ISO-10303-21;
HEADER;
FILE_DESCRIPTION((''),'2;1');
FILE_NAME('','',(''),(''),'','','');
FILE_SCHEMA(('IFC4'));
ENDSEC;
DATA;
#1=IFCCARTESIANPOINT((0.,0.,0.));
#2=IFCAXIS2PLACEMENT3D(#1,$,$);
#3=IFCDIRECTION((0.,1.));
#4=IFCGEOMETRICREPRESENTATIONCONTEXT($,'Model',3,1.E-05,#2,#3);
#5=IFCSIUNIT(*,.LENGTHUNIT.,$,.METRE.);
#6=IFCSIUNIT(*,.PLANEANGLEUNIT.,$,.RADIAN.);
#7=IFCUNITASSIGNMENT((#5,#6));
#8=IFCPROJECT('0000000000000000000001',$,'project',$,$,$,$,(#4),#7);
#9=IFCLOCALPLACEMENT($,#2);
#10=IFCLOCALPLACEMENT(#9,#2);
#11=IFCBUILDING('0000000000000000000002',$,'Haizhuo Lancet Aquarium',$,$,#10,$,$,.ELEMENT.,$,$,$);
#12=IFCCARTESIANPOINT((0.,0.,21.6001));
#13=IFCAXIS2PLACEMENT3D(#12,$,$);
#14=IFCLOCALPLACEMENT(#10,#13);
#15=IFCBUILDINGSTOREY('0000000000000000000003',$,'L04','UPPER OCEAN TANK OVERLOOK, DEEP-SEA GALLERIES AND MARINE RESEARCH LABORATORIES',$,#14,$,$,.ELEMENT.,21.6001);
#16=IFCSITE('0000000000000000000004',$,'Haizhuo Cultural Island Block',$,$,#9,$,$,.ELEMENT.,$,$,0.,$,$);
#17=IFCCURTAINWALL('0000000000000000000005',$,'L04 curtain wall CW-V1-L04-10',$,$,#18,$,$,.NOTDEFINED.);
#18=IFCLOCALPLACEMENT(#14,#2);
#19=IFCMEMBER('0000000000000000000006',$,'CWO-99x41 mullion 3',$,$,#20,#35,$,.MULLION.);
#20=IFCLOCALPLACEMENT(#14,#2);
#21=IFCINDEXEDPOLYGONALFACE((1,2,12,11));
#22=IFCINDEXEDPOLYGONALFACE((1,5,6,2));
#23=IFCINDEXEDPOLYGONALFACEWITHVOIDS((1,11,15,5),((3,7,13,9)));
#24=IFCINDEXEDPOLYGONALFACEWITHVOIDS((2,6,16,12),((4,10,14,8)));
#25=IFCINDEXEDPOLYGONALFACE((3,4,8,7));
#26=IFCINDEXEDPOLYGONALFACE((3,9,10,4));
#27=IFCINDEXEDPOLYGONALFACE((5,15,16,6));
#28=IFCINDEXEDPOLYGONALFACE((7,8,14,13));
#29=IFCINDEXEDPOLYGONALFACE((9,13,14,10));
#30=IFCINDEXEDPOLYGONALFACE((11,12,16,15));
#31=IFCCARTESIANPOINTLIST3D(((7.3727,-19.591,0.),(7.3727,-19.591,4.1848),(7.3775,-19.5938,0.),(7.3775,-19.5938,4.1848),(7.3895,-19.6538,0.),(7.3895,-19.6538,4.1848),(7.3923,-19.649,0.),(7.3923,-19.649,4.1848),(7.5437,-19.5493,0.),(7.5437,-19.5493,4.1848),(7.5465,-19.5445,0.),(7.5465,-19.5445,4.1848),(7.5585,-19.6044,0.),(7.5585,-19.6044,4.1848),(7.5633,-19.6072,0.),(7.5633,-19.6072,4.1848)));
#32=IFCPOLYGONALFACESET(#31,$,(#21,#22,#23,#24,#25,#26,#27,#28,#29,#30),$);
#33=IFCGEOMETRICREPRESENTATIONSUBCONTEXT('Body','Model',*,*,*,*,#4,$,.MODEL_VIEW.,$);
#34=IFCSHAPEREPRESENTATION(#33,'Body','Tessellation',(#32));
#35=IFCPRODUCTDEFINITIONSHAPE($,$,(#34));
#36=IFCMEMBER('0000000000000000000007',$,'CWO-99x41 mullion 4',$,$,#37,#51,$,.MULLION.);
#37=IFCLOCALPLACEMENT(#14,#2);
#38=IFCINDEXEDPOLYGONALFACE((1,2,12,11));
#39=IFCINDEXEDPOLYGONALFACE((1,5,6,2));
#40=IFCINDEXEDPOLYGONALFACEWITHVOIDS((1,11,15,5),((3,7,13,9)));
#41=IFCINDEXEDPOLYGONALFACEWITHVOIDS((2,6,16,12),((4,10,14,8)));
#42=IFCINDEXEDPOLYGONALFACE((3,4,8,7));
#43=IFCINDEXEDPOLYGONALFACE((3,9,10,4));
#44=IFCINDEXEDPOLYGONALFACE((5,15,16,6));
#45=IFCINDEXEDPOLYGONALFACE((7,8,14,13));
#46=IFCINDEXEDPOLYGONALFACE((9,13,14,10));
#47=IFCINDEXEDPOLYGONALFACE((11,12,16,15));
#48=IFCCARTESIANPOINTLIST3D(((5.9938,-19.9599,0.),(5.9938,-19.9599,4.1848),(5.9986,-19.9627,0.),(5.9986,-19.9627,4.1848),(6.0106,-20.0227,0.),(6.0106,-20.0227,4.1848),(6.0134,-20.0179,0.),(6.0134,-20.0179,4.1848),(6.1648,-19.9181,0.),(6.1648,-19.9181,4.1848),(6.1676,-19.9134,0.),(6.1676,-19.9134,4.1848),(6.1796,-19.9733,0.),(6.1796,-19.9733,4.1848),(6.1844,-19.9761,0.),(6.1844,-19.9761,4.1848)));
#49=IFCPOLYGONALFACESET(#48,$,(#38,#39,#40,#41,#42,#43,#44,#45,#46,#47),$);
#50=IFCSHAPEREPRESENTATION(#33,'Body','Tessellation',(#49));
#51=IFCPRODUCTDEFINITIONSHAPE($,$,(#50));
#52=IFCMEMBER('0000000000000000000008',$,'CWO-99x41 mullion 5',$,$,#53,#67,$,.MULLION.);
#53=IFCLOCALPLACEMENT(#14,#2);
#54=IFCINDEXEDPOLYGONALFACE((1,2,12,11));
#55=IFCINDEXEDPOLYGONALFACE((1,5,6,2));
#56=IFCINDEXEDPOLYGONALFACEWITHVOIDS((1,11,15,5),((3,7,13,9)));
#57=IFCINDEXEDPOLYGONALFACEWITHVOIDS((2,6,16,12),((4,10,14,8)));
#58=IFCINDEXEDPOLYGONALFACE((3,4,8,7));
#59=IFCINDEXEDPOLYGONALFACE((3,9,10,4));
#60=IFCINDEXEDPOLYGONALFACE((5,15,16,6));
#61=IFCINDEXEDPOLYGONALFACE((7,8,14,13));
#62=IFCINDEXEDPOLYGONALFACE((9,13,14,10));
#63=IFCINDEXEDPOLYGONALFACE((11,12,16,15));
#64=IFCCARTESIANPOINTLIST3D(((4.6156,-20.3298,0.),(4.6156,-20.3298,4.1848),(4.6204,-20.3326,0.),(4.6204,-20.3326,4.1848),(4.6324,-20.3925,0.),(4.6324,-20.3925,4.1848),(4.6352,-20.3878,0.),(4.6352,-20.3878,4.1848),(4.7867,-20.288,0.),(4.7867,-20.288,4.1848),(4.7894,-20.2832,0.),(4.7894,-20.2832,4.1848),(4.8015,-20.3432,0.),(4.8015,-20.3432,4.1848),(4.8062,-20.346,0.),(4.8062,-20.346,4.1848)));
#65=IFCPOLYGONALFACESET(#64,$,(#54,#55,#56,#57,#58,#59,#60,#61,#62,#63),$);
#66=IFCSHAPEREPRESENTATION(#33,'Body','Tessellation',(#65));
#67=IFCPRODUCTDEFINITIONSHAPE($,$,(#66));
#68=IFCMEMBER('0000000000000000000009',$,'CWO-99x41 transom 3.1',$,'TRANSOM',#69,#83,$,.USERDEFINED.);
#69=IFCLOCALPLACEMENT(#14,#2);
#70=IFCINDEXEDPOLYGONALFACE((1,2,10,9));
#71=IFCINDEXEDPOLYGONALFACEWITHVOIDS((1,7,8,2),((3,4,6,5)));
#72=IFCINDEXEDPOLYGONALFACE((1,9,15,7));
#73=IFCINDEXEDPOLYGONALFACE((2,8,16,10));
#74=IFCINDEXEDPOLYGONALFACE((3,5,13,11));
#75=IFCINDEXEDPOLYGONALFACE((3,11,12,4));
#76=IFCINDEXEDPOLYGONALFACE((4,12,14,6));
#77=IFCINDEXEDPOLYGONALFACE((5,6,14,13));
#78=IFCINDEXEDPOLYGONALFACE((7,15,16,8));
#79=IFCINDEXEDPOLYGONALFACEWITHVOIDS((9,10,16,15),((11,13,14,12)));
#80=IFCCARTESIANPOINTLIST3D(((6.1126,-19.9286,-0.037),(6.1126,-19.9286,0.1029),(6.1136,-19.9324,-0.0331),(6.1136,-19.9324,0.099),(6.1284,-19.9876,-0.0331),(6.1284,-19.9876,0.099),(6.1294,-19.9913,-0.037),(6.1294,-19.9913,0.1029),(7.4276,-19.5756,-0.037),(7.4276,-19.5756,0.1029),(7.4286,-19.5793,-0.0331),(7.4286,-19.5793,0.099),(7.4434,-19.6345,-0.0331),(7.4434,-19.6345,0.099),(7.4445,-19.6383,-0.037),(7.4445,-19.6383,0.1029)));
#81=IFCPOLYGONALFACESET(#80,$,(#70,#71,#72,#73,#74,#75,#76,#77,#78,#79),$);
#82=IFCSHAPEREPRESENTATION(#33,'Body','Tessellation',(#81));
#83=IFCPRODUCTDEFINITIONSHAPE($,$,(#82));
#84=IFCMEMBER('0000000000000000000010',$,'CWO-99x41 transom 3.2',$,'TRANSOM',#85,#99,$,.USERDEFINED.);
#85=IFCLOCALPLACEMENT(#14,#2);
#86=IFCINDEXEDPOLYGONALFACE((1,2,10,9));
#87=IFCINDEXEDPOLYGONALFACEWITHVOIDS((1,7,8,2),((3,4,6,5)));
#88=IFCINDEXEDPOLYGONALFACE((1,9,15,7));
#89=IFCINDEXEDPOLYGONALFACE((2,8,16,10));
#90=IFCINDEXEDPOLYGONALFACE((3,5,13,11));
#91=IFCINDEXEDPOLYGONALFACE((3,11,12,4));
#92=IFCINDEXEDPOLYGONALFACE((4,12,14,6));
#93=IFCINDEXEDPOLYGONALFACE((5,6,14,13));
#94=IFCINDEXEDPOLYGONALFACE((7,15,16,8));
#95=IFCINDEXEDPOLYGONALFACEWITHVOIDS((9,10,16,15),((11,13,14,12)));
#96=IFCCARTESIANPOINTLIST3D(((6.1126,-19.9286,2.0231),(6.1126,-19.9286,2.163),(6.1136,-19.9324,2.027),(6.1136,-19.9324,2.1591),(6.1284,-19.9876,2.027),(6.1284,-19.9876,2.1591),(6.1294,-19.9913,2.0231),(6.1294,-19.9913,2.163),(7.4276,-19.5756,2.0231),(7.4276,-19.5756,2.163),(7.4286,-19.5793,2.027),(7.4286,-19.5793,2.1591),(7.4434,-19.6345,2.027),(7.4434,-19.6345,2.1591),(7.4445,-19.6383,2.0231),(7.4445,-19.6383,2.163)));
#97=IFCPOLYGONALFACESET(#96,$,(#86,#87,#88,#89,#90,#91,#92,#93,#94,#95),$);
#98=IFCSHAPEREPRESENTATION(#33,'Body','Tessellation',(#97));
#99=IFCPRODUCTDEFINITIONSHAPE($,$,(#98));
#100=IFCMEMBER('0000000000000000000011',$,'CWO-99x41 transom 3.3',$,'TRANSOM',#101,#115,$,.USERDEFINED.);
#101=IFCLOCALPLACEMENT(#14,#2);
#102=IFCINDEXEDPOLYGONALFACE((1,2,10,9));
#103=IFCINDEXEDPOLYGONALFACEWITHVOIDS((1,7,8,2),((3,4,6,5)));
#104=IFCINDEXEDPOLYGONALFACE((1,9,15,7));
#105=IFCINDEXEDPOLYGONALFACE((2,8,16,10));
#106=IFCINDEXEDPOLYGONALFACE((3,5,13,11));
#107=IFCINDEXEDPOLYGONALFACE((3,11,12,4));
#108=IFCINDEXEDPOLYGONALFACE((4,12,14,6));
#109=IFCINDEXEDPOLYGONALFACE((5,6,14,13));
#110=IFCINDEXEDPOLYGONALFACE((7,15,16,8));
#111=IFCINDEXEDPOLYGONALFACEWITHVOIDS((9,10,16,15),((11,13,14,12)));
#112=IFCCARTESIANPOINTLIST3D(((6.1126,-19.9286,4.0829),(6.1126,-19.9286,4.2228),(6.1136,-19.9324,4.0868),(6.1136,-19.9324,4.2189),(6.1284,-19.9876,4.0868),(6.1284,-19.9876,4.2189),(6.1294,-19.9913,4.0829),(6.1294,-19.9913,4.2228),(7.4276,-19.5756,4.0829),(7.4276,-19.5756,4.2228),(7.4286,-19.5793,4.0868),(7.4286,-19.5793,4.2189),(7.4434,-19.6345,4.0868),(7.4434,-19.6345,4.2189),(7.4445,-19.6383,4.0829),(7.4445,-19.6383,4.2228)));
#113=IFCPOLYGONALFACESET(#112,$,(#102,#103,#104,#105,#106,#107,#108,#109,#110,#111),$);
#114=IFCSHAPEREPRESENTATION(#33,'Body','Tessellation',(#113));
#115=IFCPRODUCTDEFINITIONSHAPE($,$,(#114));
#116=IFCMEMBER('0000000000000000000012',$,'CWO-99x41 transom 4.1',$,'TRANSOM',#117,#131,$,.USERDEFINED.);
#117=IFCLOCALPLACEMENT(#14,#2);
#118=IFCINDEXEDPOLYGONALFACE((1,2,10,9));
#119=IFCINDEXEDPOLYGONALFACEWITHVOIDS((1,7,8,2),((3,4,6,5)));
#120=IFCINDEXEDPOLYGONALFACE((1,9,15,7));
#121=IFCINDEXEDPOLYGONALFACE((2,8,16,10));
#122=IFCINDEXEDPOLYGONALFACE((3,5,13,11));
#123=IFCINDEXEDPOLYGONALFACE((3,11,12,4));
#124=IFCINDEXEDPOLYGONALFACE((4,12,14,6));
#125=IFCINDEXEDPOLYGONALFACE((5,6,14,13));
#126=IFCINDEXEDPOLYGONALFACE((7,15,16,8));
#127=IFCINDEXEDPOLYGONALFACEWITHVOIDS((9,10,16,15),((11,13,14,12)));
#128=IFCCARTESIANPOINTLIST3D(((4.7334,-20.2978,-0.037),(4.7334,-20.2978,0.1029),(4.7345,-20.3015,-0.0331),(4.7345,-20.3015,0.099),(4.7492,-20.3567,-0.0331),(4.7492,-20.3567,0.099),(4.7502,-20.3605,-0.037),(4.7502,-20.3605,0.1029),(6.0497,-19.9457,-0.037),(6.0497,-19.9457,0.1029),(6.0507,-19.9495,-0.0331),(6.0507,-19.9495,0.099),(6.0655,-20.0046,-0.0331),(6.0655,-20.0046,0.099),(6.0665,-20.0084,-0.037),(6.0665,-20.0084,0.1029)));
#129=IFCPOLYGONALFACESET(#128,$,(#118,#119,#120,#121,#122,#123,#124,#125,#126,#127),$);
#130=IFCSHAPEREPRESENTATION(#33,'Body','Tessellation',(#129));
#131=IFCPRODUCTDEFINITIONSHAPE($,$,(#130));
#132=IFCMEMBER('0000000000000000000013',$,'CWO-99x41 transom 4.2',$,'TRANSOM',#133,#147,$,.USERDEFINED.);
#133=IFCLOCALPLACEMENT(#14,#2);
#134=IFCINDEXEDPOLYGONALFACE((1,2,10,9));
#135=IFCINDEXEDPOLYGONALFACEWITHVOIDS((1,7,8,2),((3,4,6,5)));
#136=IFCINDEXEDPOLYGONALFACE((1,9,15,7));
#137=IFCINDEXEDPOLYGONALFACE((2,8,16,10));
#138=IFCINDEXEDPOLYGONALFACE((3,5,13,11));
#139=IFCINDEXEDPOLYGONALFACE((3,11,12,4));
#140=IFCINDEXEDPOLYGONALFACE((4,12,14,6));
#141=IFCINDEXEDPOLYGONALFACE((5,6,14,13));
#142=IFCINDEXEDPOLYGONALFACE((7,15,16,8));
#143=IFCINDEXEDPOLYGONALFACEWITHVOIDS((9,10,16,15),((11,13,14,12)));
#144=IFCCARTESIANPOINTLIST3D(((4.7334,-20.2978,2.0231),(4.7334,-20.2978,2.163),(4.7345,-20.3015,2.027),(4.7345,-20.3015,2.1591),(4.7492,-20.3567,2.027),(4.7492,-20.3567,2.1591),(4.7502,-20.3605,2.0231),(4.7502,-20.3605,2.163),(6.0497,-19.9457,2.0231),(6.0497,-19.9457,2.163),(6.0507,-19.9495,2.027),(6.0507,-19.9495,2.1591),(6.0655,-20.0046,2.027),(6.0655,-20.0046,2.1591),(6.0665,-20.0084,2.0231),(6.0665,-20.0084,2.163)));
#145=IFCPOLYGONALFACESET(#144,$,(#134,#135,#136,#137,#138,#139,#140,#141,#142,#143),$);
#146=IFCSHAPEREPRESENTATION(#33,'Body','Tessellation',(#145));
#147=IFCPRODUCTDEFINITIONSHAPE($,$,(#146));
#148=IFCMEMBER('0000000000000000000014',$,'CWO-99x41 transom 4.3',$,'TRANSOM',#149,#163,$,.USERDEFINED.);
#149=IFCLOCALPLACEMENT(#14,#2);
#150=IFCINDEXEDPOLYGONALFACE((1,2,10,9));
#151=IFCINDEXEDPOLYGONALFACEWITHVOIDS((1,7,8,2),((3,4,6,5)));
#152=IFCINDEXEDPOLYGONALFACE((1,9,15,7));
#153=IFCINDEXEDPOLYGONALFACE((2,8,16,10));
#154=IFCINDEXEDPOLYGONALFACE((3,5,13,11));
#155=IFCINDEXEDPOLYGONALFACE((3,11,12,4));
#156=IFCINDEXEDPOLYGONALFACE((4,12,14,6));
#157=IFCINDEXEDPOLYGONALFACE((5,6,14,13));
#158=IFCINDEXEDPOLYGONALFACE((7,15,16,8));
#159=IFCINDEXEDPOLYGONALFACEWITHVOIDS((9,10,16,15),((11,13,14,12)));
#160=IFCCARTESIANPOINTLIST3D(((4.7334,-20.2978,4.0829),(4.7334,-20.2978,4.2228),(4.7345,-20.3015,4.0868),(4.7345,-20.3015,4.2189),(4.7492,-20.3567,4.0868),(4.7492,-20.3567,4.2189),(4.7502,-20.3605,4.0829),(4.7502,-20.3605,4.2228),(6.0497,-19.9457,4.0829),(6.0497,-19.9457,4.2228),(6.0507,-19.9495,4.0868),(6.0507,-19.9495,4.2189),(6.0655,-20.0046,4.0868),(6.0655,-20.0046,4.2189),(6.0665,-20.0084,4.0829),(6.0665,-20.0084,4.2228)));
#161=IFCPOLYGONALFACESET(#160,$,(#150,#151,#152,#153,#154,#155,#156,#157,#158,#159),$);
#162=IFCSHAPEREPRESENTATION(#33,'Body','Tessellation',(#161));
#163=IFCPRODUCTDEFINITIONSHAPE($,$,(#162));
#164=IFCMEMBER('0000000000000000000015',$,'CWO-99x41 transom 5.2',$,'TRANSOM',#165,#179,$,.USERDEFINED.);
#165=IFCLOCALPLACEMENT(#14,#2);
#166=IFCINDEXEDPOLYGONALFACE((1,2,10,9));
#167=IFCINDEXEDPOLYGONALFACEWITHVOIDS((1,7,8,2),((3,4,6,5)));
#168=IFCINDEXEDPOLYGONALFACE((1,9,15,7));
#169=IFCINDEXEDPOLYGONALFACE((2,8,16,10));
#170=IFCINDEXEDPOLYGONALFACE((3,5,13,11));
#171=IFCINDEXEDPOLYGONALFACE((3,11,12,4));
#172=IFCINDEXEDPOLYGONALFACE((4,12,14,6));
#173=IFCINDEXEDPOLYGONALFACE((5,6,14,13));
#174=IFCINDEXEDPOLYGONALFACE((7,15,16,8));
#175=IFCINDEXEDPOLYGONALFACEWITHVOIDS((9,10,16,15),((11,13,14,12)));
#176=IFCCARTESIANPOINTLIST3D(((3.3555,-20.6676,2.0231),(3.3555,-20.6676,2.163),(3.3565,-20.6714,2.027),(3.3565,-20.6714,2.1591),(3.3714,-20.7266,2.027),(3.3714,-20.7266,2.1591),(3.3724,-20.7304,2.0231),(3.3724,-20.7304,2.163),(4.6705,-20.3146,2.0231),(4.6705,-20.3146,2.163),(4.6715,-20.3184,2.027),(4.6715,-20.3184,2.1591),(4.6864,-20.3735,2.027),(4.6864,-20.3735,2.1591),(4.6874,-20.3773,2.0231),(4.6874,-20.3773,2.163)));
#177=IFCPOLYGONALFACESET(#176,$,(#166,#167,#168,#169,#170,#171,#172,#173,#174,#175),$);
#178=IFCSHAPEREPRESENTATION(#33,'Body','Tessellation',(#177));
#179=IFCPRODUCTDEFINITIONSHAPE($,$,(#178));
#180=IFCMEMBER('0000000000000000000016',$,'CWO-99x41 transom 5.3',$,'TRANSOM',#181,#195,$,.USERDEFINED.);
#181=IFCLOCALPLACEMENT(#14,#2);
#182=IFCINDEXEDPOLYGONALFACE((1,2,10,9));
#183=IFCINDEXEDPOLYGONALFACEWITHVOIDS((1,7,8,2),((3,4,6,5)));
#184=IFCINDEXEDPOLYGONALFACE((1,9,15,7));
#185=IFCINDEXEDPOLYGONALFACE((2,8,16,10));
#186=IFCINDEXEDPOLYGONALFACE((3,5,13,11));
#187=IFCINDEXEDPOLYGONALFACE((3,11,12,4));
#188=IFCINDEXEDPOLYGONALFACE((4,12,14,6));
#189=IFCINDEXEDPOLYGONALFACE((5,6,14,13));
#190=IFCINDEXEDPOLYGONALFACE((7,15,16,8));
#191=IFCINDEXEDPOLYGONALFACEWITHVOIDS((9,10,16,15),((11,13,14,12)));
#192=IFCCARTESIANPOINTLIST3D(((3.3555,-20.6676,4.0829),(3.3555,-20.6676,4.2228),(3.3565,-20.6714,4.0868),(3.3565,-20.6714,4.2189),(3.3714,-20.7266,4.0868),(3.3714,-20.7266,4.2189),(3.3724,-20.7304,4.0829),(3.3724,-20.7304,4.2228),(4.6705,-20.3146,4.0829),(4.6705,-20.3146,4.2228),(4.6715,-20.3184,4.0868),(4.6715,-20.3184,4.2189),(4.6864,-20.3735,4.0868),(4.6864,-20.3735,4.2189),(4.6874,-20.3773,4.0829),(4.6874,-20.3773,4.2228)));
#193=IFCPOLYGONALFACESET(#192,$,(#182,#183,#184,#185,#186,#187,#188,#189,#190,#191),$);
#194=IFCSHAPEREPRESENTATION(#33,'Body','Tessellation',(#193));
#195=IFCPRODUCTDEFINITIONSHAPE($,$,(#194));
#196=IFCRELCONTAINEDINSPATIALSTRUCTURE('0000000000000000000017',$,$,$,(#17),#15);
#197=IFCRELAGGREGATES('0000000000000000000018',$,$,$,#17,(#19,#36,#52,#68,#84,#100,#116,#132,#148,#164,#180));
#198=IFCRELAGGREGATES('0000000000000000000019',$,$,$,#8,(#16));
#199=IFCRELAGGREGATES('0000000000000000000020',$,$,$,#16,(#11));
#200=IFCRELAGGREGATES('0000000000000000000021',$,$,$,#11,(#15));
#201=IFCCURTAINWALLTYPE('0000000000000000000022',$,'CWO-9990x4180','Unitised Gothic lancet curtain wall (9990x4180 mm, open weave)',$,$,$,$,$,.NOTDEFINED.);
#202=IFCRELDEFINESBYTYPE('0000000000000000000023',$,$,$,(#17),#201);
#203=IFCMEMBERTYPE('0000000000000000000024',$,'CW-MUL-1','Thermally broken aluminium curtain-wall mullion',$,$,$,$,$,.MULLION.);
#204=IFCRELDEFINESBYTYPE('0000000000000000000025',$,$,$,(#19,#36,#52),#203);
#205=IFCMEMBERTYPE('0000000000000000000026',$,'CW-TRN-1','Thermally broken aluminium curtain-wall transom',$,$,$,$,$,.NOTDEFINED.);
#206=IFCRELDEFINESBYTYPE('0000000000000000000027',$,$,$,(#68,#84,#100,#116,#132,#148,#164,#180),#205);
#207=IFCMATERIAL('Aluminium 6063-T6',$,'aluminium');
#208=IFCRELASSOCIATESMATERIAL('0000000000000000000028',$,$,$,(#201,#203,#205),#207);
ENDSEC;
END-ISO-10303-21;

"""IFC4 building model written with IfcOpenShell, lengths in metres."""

from ifc_helpers import new_model, si_unit, direction, frame, origin, origin_2d, place, context, subcontext, project, spatial, hollow_rectangle, extrude, material, material_profile, profile_set, type_object, element, aggregate, save


model = new_model("IFC4")

# Units and contexts
model_context = context("Model", 3, precision=1e-05, world=origin(), true_north=direction((0.0, 1.0)))
body_context = subcontext(model_context, "Body", "Model", "MODEL_VIEW")
ifc_project = project(units=[si_unit("LENGTHUNIT", "METRE"), si_unit("PLANEANGLEUNIT", "RADIAN")], contexts=[model_context])

# Site, building, storey
site_placement = place(None, origin())
site = spatial("IfcSite", under=ifc_project, at=site_placement, Name="Haizhuo Cultural Island Block", CompositionType="ELEMENT", RefElevation=0.0)
building_placement = place(site_placement, origin())
building = spatial("IfcBuilding", under=site, at=building_placement, Name="Haizhuo Lancet Aquarium", CompositionType="ELEMENT")
storey_placement = place(building_placement, frame((0.0, 0.0, 21.6001)))
storey = spatial("IfcBuildingStorey", under=building, at=storey_placement, Name="L04", Description="UPPER OCEAN TANK OVERLOOK, DEEP-SEA GALLERIES AND MARINE RESEARCH LABORATORIES", CompositionType="ELEMENT", Elevation=21.6001)

# Curtain wall, members
ifc_material_1 = material(Name="Aluminium 6063-T6", Category="aluminium")
curtain_wall_type = type_object("IfcCurtainWallType", Name="CWO-9990x4180", Description="Unitised Gothic lancet curtain wall (9990x4180 mm, open weave)", PredefinedType="NOTDEFINED", material=ifc_material_1)
curtain_wall_placement = place(storey_placement, origin())
curtain_wall = element("IfcCurtainWall", 1, at=curtain_wall_placement, inside=storey, type_object=curtain_wall_type, Name="L04 curtain wall CW-V1-L04-10", PredefinedType="NOTDEFINED")
ifc_material_profile_1 = material_profile(ifc_material_1, hollow_rectangle(XDim=0.0649, YDim=0.1799, WallThickness=0.0039, at=origin_2d()), Name="ALU-M 65x180x4")
ifc_profile_set_1 = profile_set([ifc_material_profile_1], Name="Aluminium 6063-T6")
member_type_1 = type_object("IfcMemberType", Name="CW-MUL-1", Description="Thermally broken aluminium curtain-wall mullion", PredefinedType="MULLION", material=ifc_profile_set_1)
member_1_placement = place(storey_placement, frame((7.468, -19.5991, 0.0), z_axis=(0.0, 0.0, 1.0), x_axis=(0.258853, -0.965917, 0.0)))
member_1 = element("IfcMember", 2, at=member_1_placement, type_object=member_type_1, Name="CWO-99x41 mullion 3", PredefinedType="MULLION", context=body_context, shape_type="SweptSolid", body=[
    extrude(hollow_rectangle(XDim=0.0649, YDim=0.1799, WallThickness=0.0039, at=origin_2d()), origin(), (0.0, 0.0, 1.0), 4.1848),
])
member_2_placement = place(storey_placement, frame((6.0891, -19.968, 0.0), z_axis=(0.0, 0.0, 1.0), x_axis=(0.258853, -0.965917, 0.0)))
member_2 = element("IfcMember", 3, at=member_2_placement, type_object=member_type_1, Name="CWO-99x41 mullion 4", PredefinedType="MULLION", context=body_context, shape_type="SweptSolid", body=[
    extrude(hollow_rectangle(XDim=0.0649, YDim=0.1799, WallThickness=0.0039, at=origin_2d()), origin(), (0.0, 0.0, 1.0), 4.1848),
])
member_3_placement = place(storey_placement, frame((4.7109, -20.3379, 0.0), z_axis=(0.0, 0.0, 1.0), x_axis=(0.258853, -0.965917, 0.0)))
member_3 = element("IfcMember", 4, at=member_3_placement, type_object=member_type_1, Name="CWO-99x41 mullion 5", PredefinedType="MULLION", context=body_context, shape_type="SweptSolid", body=[
    extrude(hollow_rectangle(XDim=0.0649, YDim=0.1799, WallThickness=0.0039, at=origin_2d()), origin(), (0.0, 0.0, 1.0), 4.1848),
])
ifc_material_profile_2 = material_profile(ifc_material_1, hollow_rectangle(XDim=0.0649, YDim=0.1399, WallThickness=0.0039, at=origin_2d()), Name="ALU-T 65x140x4")
ifc_profile_set_2 = profile_set([ifc_material_profile_2], Name="Aluminium 6063-T6")
member_type_2 = type_object("IfcMemberType", Name="CW-TRN-1", Description="Thermally broken aluminium curtain-wall transom", PredefinedType="NOTDEFINED", material=ifc_profile_set_2)
member_4_placement = place(storey_placement, frame((7.436, -19.6069, 0.033), z_axis=(-0.965799, -0.259292, 0.0), x_axis=(0.259292, -0.965799, 0.0)))
member_4 = element("IfcMember", 5, at=member_4_placement, type_object=member_type_2, Name="CWO-99x41 transom 3.1", ObjectType="TRANSOM", PredefinedType="USERDEFINED", context=body_context, shape_type="SweptSolid", body=[
    extrude(hollow_rectangle(XDim=0.0649, YDim=0.1399, WallThickness=0.0039, at=origin_2d()), origin(), (0.0, 0.0, 1.0), 1.3616),
])
member_5_placement = place(storey_placement, frame((7.436, -19.6069, 2.093), z_axis=(-0.965799, -0.259292, 0.0), x_axis=(0.259292, -0.965799, 0.0)))
member_5 = element("IfcMember", 6, at=member_5_placement, type_object=member_type_2, Name="CWO-99x41 transom 3.2", ObjectType="TRANSOM", PredefinedType="USERDEFINED", context=body_context, shape_type="SweptSolid", body=[
    extrude(hollow_rectangle(XDim=0.0649, YDim=0.1399, WallThickness=0.0039, at=origin_2d()), origin(), (0.0, 0.0, 1.0), 1.3616),
])
member_6_placement = place(storey_placement, frame((7.436, -19.6069, 4.1528), z_axis=(-0.965799, -0.259292, 0.0), x_axis=(0.259292, -0.965799, 0.0)))
member_6 = element("IfcMember", 7, at=member_6_placement, type_object=member_type_2, Name="CWO-99x41 transom 3.3", ObjectType="TRANSOM", PredefinedType="USERDEFINED", context=body_context, shape_type="SweptSolid", body=[
    extrude(hollow_rectangle(XDim=0.0649, YDim=0.1399, WallThickness=0.0039, at=origin_2d()), origin(), (0.0, 0.0, 1.0), 1.3616),
])
member_7_placement = place(storey_placement, frame((6.0581, -19.9771, 0.033), z_axis=(-0.966038, -0.258399, 0.0), x_axis=(0.258399, -0.966038, 0.0)))
member_7 = element("IfcMember", 8, at=member_7_placement, type_object=member_type_2, Name="CWO-99x41 transom 4.1", ObjectType="TRANSOM", PredefinedType="USERDEFINED", context=body_context, shape_type="SweptSolid", body=[
    extrude(hollow_rectangle(XDim=0.0649, YDim=0.1399, WallThickness=0.0039, at=origin_2d()), origin(), (0.0, 0.0, 1.0), 1.3625),
])
member_8_placement = place(storey_placement, frame((6.0581, -19.9771, 2.093), z_axis=(-0.966038, -0.258399, 0.0), x_axis=(0.258399, -0.966038, 0.0)))
member_8 = element("IfcMember", 9, at=member_8_placement, type_object=member_type_2, Name="CWO-99x41 transom 4.2", ObjectType="TRANSOM", PredefinedType="USERDEFINED", context=body_context, shape_type="SweptSolid", body=[
    extrude(hollow_rectangle(XDim=0.0649, YDim=0.1399, WallThickness=0.0039, at=origin_2d()), origin(), (0.0, 0.0, 1.0), 1.3625),
])
member_9_placement = place(storey_placement, frame((6.0581, -19.9771, 4.1528), z_axis=(-0.966038, -0.258399, 0.0), x_axis=(0.258399, -0.966038, 0.0)))
member_9 = element("IfcMember", 10, at=member_9_placement, type_object=member_type_2, Name="CWO-99x41 transom 4.3", ObjectType="TRANSOM", PredefinedType="USERDEFINED", context=body_context, shape_type="SweptSolid", body=[
    extrude(hollow_rectangle(XDim=0.0649, YDim=0.1399, WallThickness=0.0039, at=origin_2d()), origin(), (0.0, 0.0, 1.0), 1.3625),
])
member_10_placement = place(storey_placement, frame((4.679, -20.3459, 2.093), z_axis=(-0.965799, -0.259292, 0.0), x_axis=(0.259292, -0.965799, 0.0)))
member_10 = element("IfcMember", 11, at=member_10_placement, type_object=member_type_2, Name="CWO-99x41 transom 5.2", ObjectType="TRANSOM", PredefinedType="USERDEFINED", context=body_context, shape_type="SweptSolid", body=[
    extrude(hollow_rectangle(XDim=0.0649, YDim=0.1399, WallThickness=0.0039, at=origin_2d()), origin(), (0.0, 0.0, 1.0), 1.3616),
])
member_11_placement = place(storey_placement, frame((4.679, -20.3459, 4.1528), z_axis=(-0.965799, -0.259292, 0.0), x_axis=(0.259292, -0.965799, 0.0)))
member_11 = element("IfcMember", 12, at=member_11_placement, type_object=member_type_2, Name="CWO-99x41 transom 5.3", ObjectType="TRANSOM", PredefinedType="USERDEFINED", context=body_context, shape_type="SweptSolid", body=[
    extrude(hollow_rectangle(XDim=0.0649, YDim=0.1399, WallThickness=0.0039, at=origin_2d()), origin(), (0.0, 0.0, 1.0), 1.3616),
])

aggregate(curtain_wall, [member_1, member_2, member_3, member_4, member_5, member_6, member_7, member_8, member_9, member_10, member_11])

save(model, "model.ifc")
